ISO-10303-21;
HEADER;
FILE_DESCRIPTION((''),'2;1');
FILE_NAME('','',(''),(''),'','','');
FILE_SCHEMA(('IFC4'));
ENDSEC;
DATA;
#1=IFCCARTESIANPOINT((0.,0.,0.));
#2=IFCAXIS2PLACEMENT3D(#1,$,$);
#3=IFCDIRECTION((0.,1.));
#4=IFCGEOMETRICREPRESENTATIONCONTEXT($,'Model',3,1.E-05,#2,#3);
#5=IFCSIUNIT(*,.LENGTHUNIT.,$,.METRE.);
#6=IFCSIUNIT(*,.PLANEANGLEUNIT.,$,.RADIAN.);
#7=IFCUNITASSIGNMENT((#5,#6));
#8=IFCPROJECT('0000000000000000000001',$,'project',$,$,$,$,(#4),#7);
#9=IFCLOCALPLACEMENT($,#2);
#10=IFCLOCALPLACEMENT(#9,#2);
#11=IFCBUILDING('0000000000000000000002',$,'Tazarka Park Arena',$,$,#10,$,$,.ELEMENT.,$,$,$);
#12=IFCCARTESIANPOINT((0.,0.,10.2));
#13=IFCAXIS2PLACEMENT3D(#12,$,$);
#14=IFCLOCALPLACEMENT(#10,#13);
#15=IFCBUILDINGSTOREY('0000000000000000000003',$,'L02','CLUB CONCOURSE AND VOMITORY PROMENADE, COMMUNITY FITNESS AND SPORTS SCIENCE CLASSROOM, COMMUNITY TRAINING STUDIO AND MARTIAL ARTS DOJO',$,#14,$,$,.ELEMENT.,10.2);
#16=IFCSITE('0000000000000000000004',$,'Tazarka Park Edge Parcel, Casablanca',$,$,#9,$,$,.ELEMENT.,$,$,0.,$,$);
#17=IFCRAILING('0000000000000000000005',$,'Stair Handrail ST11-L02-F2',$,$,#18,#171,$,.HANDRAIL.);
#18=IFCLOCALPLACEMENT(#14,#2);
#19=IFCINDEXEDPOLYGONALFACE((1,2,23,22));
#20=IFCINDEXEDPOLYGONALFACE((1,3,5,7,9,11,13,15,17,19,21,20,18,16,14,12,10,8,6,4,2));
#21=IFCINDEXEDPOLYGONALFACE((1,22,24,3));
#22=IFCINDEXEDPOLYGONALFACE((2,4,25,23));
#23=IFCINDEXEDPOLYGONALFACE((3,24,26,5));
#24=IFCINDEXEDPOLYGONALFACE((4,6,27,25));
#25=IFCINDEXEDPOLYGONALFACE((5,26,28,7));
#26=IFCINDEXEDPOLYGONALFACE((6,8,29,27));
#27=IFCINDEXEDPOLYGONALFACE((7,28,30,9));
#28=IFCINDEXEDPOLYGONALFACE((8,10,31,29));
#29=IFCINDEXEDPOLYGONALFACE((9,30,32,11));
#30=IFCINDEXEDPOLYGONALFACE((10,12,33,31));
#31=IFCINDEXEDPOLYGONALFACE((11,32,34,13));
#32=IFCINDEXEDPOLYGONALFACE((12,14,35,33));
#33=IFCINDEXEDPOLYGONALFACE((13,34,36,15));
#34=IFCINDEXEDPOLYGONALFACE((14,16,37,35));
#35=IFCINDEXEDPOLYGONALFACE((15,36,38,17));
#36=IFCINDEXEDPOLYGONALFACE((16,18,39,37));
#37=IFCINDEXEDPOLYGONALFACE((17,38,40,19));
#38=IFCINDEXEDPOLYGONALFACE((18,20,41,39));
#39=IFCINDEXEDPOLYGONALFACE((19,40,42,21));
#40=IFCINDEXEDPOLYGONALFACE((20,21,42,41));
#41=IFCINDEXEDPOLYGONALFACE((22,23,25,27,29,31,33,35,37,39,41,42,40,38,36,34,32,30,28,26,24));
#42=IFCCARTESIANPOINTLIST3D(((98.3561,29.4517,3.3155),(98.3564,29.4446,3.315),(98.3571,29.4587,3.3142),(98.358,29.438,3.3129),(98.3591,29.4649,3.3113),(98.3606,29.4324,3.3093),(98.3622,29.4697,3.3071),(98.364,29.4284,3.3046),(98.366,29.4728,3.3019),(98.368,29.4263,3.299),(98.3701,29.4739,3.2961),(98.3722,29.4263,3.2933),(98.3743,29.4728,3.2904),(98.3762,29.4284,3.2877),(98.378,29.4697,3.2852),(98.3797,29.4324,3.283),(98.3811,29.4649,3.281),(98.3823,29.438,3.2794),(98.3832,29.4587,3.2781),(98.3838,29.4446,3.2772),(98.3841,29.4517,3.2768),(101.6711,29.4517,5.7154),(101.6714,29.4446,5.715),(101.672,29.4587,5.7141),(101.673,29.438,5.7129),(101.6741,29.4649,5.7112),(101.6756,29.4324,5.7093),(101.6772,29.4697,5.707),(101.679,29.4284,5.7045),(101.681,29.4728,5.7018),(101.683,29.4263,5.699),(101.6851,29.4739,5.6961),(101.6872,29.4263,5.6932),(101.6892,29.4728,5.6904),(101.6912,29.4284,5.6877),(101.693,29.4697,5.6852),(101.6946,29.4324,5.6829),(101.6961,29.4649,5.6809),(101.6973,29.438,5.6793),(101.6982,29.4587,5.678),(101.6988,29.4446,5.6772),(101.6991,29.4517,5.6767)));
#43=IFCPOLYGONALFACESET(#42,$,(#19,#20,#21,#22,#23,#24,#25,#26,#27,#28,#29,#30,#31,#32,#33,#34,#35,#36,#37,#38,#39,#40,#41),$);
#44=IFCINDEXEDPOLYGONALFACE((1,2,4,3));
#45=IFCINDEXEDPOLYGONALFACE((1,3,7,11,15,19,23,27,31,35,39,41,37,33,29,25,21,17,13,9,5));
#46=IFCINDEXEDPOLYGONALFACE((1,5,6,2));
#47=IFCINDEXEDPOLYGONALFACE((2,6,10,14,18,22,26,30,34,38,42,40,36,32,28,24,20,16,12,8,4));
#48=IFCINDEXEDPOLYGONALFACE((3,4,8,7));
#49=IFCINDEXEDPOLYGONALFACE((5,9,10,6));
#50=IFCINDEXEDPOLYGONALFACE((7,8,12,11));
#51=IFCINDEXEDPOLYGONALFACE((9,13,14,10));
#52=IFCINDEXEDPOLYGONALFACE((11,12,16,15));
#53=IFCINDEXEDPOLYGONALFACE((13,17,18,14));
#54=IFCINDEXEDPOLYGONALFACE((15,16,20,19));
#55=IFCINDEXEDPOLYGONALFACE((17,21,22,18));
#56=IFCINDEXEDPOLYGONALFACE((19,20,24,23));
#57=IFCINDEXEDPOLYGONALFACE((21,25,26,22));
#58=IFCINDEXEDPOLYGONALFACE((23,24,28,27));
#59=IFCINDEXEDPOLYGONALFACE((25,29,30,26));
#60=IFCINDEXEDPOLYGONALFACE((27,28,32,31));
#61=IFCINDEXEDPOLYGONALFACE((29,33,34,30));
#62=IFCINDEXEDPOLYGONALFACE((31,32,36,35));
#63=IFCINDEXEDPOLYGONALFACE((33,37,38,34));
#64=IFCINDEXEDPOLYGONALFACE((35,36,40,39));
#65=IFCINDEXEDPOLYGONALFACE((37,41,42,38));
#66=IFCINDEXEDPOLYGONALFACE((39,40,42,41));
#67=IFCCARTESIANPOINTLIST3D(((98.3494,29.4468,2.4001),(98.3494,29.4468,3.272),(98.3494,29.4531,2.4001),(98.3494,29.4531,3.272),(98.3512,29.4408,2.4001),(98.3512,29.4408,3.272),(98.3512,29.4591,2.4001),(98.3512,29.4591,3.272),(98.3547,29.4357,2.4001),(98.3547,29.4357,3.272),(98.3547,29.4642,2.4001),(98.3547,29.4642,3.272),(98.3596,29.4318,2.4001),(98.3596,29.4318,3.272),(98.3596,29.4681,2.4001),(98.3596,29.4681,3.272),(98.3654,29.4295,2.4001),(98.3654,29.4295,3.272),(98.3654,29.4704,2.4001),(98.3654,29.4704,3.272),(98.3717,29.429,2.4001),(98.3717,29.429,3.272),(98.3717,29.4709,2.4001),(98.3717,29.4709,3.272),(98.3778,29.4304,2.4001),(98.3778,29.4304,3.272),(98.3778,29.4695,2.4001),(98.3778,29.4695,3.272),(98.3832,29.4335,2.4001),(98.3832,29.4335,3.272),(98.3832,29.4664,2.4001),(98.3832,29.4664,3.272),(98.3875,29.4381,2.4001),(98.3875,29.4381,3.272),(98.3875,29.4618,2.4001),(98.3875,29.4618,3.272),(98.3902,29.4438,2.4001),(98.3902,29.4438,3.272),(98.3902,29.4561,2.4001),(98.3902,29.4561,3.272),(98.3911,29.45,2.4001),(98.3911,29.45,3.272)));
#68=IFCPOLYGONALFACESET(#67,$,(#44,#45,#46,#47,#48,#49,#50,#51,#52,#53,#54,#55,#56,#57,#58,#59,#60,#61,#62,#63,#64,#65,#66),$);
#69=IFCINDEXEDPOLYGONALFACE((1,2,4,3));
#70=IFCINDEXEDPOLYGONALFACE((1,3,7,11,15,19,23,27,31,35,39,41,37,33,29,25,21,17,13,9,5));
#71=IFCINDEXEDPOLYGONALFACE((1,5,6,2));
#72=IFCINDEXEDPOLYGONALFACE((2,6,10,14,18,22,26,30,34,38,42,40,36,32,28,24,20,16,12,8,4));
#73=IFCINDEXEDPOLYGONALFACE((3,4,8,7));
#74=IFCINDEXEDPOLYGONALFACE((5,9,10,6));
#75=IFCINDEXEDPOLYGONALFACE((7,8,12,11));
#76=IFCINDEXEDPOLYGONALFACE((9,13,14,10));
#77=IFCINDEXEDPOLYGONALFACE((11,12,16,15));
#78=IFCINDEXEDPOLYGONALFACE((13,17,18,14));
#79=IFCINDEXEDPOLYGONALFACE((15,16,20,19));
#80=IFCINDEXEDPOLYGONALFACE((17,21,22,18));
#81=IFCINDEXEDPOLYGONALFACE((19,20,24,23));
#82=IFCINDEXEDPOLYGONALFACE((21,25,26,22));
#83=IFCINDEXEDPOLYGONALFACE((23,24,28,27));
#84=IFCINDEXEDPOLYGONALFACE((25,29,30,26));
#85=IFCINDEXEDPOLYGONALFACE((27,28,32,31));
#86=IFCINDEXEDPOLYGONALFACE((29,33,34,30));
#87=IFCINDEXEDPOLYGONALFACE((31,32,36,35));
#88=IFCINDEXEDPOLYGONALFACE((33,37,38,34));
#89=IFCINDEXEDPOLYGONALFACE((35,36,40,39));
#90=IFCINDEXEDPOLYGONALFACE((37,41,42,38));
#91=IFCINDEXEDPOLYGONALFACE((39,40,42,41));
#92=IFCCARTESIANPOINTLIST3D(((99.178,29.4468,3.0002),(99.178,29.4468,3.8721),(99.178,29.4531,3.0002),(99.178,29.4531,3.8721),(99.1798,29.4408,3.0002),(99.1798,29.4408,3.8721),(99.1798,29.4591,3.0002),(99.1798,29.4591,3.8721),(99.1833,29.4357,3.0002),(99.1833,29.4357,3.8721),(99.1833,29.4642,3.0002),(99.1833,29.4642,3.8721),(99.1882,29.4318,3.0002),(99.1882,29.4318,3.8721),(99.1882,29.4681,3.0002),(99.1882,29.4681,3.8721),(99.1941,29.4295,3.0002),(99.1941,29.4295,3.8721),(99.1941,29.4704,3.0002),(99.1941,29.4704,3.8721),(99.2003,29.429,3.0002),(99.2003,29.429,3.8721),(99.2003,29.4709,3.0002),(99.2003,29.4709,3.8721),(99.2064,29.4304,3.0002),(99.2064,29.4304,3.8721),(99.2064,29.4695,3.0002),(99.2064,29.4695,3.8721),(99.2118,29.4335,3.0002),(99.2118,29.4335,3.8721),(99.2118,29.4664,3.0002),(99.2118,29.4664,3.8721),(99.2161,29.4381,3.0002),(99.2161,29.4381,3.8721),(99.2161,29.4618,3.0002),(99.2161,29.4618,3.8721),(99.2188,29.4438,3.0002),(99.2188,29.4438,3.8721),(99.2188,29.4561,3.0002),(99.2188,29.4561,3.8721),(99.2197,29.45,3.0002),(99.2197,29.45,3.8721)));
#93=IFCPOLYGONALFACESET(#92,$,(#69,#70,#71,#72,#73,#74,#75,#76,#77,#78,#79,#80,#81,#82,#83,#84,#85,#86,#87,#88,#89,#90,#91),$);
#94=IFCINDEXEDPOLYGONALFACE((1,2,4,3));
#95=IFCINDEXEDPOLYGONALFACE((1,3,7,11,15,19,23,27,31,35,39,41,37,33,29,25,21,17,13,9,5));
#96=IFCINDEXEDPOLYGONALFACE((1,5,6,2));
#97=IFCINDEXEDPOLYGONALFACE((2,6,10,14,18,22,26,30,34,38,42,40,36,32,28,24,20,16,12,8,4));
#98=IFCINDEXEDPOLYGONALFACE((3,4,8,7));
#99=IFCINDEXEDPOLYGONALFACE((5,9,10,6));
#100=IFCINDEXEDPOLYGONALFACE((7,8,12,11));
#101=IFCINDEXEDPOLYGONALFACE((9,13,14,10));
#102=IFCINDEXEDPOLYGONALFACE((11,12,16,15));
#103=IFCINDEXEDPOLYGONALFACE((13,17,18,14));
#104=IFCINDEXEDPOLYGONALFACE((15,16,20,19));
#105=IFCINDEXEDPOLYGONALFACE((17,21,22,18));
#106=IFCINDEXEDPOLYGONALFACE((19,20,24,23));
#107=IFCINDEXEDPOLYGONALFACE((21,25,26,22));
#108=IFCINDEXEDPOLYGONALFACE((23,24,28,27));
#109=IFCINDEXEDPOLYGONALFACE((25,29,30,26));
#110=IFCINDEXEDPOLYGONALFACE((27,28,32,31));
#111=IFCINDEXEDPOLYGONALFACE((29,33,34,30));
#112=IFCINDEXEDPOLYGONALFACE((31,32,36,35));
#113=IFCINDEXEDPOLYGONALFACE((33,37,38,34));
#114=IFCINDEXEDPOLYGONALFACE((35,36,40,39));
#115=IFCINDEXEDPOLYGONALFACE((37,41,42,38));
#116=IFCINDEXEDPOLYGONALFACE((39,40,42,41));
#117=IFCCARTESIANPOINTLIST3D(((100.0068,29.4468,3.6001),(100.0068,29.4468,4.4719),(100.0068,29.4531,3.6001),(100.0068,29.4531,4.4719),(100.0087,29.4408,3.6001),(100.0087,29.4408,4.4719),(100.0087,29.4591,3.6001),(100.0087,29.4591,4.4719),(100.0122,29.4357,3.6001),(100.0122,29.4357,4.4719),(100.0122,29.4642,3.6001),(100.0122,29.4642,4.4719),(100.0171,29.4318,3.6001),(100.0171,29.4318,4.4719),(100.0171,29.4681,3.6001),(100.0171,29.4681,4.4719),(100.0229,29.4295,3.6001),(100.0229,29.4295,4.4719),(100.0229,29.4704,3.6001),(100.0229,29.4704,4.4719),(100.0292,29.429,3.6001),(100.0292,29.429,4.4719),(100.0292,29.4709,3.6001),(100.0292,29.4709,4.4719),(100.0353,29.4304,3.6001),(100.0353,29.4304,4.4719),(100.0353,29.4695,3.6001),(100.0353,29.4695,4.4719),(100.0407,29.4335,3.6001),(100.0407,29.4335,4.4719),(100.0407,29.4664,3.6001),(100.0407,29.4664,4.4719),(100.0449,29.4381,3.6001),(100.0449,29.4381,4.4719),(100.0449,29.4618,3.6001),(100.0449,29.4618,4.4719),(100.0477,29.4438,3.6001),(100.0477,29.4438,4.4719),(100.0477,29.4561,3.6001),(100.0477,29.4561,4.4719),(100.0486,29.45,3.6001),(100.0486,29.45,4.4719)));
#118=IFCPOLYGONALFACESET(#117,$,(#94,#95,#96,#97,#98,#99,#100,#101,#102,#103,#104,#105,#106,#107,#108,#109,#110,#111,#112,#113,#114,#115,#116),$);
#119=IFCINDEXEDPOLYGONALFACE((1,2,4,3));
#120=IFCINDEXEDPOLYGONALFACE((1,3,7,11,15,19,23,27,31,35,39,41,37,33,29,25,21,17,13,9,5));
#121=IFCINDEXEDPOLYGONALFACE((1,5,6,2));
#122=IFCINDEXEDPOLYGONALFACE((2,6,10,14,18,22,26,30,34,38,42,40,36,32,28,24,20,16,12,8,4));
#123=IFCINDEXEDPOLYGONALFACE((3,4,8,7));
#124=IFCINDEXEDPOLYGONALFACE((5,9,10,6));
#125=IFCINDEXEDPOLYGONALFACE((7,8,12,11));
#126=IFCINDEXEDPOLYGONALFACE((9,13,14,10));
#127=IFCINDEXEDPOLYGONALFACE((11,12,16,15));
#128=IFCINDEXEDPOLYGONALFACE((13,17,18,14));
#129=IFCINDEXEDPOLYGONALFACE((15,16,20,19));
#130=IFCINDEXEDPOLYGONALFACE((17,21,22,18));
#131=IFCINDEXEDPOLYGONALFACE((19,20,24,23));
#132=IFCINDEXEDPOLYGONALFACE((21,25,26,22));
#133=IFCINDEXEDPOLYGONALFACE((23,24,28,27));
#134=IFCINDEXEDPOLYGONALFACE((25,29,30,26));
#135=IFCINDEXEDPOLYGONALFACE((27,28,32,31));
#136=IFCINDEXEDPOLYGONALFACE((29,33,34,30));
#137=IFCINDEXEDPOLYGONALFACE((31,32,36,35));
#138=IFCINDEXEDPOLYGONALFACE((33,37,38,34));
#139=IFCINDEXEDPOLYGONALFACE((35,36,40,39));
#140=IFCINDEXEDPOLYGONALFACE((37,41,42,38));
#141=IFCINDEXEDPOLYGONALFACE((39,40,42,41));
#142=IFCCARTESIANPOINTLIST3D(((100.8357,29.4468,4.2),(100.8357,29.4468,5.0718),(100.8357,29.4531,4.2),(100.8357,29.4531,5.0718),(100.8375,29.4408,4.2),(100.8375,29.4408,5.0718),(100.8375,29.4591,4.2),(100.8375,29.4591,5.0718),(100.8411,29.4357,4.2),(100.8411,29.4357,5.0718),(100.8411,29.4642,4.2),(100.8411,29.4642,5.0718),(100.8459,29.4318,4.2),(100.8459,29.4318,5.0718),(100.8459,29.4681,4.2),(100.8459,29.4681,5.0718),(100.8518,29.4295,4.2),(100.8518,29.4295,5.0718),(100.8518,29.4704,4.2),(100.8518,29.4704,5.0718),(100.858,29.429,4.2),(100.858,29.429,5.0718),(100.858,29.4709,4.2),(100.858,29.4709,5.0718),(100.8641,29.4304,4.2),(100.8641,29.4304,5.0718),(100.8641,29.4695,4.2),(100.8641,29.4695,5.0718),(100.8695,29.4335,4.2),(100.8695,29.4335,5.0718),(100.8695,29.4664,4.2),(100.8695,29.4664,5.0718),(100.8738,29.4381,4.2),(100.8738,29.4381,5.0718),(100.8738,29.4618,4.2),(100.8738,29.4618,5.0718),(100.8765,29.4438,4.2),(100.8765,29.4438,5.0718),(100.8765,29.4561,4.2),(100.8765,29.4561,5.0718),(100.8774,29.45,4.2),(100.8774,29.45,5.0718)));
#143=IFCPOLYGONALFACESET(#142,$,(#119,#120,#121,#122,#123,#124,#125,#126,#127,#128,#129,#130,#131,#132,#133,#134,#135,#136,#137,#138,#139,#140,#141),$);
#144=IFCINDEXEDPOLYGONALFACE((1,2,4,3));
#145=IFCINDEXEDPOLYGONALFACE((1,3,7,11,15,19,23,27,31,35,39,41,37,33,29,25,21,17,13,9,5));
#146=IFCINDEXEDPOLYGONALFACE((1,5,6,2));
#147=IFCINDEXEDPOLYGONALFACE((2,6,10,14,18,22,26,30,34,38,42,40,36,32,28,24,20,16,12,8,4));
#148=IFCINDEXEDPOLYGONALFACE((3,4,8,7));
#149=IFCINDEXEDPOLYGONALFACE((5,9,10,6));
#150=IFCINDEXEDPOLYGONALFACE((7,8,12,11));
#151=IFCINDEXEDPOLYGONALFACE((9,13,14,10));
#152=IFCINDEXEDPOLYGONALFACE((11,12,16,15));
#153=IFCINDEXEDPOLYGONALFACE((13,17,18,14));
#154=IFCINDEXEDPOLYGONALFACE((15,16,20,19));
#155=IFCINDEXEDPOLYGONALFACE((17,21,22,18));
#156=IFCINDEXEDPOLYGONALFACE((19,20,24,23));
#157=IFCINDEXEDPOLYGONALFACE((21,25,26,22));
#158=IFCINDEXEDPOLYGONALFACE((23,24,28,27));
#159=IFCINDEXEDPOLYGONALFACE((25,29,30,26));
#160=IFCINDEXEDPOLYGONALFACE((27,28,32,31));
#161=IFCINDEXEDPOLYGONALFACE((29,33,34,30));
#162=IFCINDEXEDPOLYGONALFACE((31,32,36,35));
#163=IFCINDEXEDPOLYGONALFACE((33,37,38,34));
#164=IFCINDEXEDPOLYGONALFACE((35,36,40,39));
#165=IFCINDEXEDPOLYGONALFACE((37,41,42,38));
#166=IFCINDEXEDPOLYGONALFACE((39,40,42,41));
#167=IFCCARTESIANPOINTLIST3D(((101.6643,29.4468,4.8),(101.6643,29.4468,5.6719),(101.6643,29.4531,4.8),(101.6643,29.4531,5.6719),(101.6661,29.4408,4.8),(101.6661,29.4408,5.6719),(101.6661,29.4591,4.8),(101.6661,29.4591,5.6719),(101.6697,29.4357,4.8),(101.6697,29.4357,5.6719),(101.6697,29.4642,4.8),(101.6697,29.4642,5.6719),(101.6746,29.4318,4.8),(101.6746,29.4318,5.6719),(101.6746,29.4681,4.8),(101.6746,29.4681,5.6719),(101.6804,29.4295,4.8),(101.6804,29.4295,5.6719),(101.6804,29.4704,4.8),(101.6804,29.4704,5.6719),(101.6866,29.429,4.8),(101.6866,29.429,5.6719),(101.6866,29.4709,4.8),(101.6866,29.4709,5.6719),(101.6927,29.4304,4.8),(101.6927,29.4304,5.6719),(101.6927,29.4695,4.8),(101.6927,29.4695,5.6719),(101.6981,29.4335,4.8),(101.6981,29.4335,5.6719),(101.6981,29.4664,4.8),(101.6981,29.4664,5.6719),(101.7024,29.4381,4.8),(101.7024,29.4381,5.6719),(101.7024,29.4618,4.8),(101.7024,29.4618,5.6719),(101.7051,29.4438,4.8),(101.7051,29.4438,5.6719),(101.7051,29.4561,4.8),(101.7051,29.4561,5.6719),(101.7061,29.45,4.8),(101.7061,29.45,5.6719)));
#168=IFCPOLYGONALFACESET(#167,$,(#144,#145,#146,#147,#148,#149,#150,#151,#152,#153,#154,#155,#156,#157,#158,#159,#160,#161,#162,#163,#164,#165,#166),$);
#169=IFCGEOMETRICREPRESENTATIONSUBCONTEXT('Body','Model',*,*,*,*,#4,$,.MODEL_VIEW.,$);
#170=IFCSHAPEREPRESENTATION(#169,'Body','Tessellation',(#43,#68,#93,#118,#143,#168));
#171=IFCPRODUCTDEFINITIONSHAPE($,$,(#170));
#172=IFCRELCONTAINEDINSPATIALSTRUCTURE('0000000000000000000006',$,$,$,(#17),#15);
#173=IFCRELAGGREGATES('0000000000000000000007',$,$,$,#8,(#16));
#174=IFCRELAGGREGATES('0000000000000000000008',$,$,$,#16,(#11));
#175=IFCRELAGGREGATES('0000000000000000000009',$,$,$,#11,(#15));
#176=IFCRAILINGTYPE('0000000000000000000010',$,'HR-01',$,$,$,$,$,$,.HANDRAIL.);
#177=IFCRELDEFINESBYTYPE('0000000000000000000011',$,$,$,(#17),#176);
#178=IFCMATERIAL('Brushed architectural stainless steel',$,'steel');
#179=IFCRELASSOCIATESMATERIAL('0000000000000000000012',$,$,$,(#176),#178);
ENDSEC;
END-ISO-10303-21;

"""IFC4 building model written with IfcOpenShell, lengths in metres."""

from ifc_helpers import new_model, si_unit, direction, frame, origin, origin_2d, place, context, subcontext, project, spatial, circle, extrude, material, type_object, element, save


model = new_model("IFC4")

# Units and contexts
model_context = context("Model", 3, precision=1e-05, world=origin(), true_north=direction((0.0, 1.0)))
body_context = subcontext(model_context, "Body", "Model", "MODEL_VIEW")
ifc_project = project(units=[si_unit("LENGTHUNIT", "METRE"), si_unit("PLANEANGLEUNIT", "RADIAN")], contexts=[model_context])

# Site, building, storey
site_placement = place(None, origin())
site = spatial("IfcSite", under=ifc_project, at=site_placement, Name="Tazarka Park Edge Parcel, Casablanca", CompositionType="ELEMENT", RefElevation=0.0)
building_placement = place(site_placement, origin())
building = spatial("IfcBuilding", under=site, at=building_placement, Name="Tazarka Park Arena", CompositionType="ELEMENT")
storey_placement = place(building_placement, frame((0.0, 0.0, 10.2)))
storey = spatial("IfcBuildingStorey", under=building, at=storey_placement, Name="L02", Description="CLUB CONCOURSE AND VOMITORY PROMENADE, COMMUNITY FITNESS AND SPORTS SCIENCE CLASSROOM, COMMUNITY TRAINING STUDIO AND MARTIAL ARTS DOJO", CompositionType="ELEMENT", Elevation=10.2)

# Railing
ifc_material_1 = material(Name="Brushed architectural stainless steel", Category="steel")
railing_type_1 = type_object("IfcRailingType", Name="HR-01", PredefinedType="HANDRAIL", material=ifc_material_1)
railing_1_placement = place(storey_placement, frame((98.3701, 29.45, 2.4001)))
element("IfcRailing", 1, at=railing_1_placement, inside=storey, type_object=railing_type_1, Name="Stair Handrail ST11-L02-F2", PredefinedType="HANDRAIL", context=body_context, shape_type="SweptSolid", body=[
    extrude(circle(Radius=0.0239, at=origin_2d()), frame((0.0, 0.0, 0.896), z_axis=(0.810009, 0.0, 0.586418), x_axis=(0.0, 1.0, 0.0)), (0.0, 0.0, 1.0), 4.0925),
    extrude(circle(Radius=0.021, at=origin_2d()), origin(), (0.0, 0.0, 1.0), 0.8718),
    extrude(circle(Radius=0.021, at=origin_2d()), frame((0.8286, 0.0, 0.6001)), (0.0, 0.0, 1.0), 0.8718),
    extrude(circle(Radius=0.021, at=origin_2d()), frame((1.6575, 0.0, 1.2)), (0.0, 0.0, 1.0), 0.8718),
    extrude(circle(Radius=0.021, at=origin_2d()), frame((2.4863, 0.0, 1.7998)), (0.0, 0.0, 1.0), 0.8718),
    extrude(circle(Radius=0.021, at=origin_2d()), frame((3.3149, 0.0, 2.3999)), (0.0, 0.0, 1.0), 0.8718),
])

save(model, "model.ifc")
